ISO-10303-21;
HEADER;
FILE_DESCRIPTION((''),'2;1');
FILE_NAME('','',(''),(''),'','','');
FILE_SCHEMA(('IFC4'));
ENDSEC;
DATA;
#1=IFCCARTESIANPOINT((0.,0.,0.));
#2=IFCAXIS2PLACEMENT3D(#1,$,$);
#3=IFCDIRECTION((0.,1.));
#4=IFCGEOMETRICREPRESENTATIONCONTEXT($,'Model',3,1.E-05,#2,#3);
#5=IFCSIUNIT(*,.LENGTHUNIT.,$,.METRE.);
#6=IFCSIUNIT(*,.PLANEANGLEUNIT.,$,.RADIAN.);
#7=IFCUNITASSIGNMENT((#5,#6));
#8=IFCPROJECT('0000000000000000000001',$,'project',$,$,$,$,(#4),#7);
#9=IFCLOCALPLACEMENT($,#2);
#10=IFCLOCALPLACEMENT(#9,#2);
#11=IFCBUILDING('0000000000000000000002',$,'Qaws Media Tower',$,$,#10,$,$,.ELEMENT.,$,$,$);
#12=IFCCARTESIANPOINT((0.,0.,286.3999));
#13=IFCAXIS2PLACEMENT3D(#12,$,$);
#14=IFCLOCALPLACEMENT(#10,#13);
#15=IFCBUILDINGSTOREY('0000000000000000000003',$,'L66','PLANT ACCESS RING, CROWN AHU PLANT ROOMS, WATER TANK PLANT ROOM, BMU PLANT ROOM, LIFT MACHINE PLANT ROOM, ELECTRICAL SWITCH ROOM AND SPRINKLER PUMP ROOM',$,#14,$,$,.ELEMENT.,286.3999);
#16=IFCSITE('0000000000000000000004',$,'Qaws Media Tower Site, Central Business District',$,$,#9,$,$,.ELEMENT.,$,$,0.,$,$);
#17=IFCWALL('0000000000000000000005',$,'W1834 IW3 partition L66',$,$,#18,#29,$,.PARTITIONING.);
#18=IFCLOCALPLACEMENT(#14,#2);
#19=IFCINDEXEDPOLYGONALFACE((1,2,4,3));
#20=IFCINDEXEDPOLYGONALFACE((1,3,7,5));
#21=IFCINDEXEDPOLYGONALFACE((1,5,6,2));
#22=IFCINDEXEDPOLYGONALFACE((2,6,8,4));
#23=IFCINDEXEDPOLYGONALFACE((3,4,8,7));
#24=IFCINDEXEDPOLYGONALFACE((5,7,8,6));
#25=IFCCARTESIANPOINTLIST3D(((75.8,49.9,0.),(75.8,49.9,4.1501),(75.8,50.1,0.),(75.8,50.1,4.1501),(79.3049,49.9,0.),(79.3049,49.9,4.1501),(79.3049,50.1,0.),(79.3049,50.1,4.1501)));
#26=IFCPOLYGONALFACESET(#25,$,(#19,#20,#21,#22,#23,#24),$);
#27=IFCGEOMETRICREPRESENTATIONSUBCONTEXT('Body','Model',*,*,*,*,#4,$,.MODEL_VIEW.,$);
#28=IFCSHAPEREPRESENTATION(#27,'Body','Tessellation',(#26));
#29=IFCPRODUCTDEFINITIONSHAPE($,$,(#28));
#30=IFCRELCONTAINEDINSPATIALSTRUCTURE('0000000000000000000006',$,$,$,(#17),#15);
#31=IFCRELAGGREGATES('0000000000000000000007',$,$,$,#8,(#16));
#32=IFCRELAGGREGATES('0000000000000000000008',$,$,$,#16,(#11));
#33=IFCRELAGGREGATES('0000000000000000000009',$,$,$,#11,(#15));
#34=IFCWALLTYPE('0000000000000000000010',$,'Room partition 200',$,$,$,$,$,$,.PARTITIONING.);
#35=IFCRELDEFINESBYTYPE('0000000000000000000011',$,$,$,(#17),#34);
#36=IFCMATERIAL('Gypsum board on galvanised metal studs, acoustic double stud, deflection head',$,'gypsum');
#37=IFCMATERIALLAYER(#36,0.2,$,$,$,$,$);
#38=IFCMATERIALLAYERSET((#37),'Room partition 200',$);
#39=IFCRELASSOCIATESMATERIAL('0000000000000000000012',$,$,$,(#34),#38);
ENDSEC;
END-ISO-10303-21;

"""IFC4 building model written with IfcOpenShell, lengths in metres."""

from ifc_helpers import new_model, si_unit, direction, frame, frame_2d, origin, place, context, subcontext, project, spatial, rectangle, extrude, material, layer, layer_set, type_object, element, save


model = new_model("IFC4")

# Units and contexts
model_context = context("Model", 3, precision=1e-05, world=origin(), true_north=direction((0.0, 1.0)))
body_context = subcontext(model_context, "Body", "Model", "MODEL_VIEW")
ifc_project = project(units=[si_unit("LENGTHUNIT", "METRE"), si_unit("PLANEANGLEUNIT", "RADIAN")], contexts=[model_context])

# Site, building, storey
site_placement = place(None, origin())
site = spatial("IfcSite", under=ifc_project, at=site_placement, Name="Qaws Media Tower Site, Central Business District", CompositionType="ELEMENT", RefElevation=0.0)
building_placement = place(site_placement, origin())
building = spatial("IfcBuilding", under=site, at=building_placement, Name="Qaws Media Tower", CompositionType="ELEMENT")
storey_placement = place(building_placement, frame((0.0, 0.0, 286.3999)))
storey = spatial("IfcBuildingStorey", under=building, at=storey_placement, Name="L66", Description="PLANT ACCESS RING, CROWN AHU PLANT ROOMS, WATER TANK PLANT ROOM, BMU PLANT ROOM, LIFT MACHINE PLANT ROOM, ELECTRICAL SWITCH ROOM AND SPRINKLER PUMP ROOM", CompositionType="ELEMENT", Elevation=286.3999)

# Wall
ifc_material_1 = material(Name="Gypsum board on galvanised metal studs, acoustic double stud, deflection head", Category="gypsum")
ifc_layer_1 = layer(ifc_material_1, 0.2)
ifc_layer_set_1 = layer_set([ifc_layer_1], Name="Room partition 200")
wall_type_1 = type_object("IfcWallType", Name="Room partition 200", PredefinedType="PARTITIONING", material=ifc_layer_set_1)
wall_1_placement = place(storey_placement, frame((75.8, 50.0, 0.0), z_axis=(0.0, 0.0, 1.0), x_axis=(1.0, 0.0, 0.0)))
element("IfcWall", 1, at=wall_1_placement, inside=storey, type_object=wall_type_1, Name="W1834 IW3 partition L66", PredefinedType="PARTITIONING", context=body_context, shape_type="SweptSolid", body=[
    extrude(rectangle(XDim=3.5049, YDim=0.2, at=frame_2d((1.7524, 0.0))), origin(), (0.0, 0.0, 1.0), 4.1501),
])

save(model, "model.ifc")
